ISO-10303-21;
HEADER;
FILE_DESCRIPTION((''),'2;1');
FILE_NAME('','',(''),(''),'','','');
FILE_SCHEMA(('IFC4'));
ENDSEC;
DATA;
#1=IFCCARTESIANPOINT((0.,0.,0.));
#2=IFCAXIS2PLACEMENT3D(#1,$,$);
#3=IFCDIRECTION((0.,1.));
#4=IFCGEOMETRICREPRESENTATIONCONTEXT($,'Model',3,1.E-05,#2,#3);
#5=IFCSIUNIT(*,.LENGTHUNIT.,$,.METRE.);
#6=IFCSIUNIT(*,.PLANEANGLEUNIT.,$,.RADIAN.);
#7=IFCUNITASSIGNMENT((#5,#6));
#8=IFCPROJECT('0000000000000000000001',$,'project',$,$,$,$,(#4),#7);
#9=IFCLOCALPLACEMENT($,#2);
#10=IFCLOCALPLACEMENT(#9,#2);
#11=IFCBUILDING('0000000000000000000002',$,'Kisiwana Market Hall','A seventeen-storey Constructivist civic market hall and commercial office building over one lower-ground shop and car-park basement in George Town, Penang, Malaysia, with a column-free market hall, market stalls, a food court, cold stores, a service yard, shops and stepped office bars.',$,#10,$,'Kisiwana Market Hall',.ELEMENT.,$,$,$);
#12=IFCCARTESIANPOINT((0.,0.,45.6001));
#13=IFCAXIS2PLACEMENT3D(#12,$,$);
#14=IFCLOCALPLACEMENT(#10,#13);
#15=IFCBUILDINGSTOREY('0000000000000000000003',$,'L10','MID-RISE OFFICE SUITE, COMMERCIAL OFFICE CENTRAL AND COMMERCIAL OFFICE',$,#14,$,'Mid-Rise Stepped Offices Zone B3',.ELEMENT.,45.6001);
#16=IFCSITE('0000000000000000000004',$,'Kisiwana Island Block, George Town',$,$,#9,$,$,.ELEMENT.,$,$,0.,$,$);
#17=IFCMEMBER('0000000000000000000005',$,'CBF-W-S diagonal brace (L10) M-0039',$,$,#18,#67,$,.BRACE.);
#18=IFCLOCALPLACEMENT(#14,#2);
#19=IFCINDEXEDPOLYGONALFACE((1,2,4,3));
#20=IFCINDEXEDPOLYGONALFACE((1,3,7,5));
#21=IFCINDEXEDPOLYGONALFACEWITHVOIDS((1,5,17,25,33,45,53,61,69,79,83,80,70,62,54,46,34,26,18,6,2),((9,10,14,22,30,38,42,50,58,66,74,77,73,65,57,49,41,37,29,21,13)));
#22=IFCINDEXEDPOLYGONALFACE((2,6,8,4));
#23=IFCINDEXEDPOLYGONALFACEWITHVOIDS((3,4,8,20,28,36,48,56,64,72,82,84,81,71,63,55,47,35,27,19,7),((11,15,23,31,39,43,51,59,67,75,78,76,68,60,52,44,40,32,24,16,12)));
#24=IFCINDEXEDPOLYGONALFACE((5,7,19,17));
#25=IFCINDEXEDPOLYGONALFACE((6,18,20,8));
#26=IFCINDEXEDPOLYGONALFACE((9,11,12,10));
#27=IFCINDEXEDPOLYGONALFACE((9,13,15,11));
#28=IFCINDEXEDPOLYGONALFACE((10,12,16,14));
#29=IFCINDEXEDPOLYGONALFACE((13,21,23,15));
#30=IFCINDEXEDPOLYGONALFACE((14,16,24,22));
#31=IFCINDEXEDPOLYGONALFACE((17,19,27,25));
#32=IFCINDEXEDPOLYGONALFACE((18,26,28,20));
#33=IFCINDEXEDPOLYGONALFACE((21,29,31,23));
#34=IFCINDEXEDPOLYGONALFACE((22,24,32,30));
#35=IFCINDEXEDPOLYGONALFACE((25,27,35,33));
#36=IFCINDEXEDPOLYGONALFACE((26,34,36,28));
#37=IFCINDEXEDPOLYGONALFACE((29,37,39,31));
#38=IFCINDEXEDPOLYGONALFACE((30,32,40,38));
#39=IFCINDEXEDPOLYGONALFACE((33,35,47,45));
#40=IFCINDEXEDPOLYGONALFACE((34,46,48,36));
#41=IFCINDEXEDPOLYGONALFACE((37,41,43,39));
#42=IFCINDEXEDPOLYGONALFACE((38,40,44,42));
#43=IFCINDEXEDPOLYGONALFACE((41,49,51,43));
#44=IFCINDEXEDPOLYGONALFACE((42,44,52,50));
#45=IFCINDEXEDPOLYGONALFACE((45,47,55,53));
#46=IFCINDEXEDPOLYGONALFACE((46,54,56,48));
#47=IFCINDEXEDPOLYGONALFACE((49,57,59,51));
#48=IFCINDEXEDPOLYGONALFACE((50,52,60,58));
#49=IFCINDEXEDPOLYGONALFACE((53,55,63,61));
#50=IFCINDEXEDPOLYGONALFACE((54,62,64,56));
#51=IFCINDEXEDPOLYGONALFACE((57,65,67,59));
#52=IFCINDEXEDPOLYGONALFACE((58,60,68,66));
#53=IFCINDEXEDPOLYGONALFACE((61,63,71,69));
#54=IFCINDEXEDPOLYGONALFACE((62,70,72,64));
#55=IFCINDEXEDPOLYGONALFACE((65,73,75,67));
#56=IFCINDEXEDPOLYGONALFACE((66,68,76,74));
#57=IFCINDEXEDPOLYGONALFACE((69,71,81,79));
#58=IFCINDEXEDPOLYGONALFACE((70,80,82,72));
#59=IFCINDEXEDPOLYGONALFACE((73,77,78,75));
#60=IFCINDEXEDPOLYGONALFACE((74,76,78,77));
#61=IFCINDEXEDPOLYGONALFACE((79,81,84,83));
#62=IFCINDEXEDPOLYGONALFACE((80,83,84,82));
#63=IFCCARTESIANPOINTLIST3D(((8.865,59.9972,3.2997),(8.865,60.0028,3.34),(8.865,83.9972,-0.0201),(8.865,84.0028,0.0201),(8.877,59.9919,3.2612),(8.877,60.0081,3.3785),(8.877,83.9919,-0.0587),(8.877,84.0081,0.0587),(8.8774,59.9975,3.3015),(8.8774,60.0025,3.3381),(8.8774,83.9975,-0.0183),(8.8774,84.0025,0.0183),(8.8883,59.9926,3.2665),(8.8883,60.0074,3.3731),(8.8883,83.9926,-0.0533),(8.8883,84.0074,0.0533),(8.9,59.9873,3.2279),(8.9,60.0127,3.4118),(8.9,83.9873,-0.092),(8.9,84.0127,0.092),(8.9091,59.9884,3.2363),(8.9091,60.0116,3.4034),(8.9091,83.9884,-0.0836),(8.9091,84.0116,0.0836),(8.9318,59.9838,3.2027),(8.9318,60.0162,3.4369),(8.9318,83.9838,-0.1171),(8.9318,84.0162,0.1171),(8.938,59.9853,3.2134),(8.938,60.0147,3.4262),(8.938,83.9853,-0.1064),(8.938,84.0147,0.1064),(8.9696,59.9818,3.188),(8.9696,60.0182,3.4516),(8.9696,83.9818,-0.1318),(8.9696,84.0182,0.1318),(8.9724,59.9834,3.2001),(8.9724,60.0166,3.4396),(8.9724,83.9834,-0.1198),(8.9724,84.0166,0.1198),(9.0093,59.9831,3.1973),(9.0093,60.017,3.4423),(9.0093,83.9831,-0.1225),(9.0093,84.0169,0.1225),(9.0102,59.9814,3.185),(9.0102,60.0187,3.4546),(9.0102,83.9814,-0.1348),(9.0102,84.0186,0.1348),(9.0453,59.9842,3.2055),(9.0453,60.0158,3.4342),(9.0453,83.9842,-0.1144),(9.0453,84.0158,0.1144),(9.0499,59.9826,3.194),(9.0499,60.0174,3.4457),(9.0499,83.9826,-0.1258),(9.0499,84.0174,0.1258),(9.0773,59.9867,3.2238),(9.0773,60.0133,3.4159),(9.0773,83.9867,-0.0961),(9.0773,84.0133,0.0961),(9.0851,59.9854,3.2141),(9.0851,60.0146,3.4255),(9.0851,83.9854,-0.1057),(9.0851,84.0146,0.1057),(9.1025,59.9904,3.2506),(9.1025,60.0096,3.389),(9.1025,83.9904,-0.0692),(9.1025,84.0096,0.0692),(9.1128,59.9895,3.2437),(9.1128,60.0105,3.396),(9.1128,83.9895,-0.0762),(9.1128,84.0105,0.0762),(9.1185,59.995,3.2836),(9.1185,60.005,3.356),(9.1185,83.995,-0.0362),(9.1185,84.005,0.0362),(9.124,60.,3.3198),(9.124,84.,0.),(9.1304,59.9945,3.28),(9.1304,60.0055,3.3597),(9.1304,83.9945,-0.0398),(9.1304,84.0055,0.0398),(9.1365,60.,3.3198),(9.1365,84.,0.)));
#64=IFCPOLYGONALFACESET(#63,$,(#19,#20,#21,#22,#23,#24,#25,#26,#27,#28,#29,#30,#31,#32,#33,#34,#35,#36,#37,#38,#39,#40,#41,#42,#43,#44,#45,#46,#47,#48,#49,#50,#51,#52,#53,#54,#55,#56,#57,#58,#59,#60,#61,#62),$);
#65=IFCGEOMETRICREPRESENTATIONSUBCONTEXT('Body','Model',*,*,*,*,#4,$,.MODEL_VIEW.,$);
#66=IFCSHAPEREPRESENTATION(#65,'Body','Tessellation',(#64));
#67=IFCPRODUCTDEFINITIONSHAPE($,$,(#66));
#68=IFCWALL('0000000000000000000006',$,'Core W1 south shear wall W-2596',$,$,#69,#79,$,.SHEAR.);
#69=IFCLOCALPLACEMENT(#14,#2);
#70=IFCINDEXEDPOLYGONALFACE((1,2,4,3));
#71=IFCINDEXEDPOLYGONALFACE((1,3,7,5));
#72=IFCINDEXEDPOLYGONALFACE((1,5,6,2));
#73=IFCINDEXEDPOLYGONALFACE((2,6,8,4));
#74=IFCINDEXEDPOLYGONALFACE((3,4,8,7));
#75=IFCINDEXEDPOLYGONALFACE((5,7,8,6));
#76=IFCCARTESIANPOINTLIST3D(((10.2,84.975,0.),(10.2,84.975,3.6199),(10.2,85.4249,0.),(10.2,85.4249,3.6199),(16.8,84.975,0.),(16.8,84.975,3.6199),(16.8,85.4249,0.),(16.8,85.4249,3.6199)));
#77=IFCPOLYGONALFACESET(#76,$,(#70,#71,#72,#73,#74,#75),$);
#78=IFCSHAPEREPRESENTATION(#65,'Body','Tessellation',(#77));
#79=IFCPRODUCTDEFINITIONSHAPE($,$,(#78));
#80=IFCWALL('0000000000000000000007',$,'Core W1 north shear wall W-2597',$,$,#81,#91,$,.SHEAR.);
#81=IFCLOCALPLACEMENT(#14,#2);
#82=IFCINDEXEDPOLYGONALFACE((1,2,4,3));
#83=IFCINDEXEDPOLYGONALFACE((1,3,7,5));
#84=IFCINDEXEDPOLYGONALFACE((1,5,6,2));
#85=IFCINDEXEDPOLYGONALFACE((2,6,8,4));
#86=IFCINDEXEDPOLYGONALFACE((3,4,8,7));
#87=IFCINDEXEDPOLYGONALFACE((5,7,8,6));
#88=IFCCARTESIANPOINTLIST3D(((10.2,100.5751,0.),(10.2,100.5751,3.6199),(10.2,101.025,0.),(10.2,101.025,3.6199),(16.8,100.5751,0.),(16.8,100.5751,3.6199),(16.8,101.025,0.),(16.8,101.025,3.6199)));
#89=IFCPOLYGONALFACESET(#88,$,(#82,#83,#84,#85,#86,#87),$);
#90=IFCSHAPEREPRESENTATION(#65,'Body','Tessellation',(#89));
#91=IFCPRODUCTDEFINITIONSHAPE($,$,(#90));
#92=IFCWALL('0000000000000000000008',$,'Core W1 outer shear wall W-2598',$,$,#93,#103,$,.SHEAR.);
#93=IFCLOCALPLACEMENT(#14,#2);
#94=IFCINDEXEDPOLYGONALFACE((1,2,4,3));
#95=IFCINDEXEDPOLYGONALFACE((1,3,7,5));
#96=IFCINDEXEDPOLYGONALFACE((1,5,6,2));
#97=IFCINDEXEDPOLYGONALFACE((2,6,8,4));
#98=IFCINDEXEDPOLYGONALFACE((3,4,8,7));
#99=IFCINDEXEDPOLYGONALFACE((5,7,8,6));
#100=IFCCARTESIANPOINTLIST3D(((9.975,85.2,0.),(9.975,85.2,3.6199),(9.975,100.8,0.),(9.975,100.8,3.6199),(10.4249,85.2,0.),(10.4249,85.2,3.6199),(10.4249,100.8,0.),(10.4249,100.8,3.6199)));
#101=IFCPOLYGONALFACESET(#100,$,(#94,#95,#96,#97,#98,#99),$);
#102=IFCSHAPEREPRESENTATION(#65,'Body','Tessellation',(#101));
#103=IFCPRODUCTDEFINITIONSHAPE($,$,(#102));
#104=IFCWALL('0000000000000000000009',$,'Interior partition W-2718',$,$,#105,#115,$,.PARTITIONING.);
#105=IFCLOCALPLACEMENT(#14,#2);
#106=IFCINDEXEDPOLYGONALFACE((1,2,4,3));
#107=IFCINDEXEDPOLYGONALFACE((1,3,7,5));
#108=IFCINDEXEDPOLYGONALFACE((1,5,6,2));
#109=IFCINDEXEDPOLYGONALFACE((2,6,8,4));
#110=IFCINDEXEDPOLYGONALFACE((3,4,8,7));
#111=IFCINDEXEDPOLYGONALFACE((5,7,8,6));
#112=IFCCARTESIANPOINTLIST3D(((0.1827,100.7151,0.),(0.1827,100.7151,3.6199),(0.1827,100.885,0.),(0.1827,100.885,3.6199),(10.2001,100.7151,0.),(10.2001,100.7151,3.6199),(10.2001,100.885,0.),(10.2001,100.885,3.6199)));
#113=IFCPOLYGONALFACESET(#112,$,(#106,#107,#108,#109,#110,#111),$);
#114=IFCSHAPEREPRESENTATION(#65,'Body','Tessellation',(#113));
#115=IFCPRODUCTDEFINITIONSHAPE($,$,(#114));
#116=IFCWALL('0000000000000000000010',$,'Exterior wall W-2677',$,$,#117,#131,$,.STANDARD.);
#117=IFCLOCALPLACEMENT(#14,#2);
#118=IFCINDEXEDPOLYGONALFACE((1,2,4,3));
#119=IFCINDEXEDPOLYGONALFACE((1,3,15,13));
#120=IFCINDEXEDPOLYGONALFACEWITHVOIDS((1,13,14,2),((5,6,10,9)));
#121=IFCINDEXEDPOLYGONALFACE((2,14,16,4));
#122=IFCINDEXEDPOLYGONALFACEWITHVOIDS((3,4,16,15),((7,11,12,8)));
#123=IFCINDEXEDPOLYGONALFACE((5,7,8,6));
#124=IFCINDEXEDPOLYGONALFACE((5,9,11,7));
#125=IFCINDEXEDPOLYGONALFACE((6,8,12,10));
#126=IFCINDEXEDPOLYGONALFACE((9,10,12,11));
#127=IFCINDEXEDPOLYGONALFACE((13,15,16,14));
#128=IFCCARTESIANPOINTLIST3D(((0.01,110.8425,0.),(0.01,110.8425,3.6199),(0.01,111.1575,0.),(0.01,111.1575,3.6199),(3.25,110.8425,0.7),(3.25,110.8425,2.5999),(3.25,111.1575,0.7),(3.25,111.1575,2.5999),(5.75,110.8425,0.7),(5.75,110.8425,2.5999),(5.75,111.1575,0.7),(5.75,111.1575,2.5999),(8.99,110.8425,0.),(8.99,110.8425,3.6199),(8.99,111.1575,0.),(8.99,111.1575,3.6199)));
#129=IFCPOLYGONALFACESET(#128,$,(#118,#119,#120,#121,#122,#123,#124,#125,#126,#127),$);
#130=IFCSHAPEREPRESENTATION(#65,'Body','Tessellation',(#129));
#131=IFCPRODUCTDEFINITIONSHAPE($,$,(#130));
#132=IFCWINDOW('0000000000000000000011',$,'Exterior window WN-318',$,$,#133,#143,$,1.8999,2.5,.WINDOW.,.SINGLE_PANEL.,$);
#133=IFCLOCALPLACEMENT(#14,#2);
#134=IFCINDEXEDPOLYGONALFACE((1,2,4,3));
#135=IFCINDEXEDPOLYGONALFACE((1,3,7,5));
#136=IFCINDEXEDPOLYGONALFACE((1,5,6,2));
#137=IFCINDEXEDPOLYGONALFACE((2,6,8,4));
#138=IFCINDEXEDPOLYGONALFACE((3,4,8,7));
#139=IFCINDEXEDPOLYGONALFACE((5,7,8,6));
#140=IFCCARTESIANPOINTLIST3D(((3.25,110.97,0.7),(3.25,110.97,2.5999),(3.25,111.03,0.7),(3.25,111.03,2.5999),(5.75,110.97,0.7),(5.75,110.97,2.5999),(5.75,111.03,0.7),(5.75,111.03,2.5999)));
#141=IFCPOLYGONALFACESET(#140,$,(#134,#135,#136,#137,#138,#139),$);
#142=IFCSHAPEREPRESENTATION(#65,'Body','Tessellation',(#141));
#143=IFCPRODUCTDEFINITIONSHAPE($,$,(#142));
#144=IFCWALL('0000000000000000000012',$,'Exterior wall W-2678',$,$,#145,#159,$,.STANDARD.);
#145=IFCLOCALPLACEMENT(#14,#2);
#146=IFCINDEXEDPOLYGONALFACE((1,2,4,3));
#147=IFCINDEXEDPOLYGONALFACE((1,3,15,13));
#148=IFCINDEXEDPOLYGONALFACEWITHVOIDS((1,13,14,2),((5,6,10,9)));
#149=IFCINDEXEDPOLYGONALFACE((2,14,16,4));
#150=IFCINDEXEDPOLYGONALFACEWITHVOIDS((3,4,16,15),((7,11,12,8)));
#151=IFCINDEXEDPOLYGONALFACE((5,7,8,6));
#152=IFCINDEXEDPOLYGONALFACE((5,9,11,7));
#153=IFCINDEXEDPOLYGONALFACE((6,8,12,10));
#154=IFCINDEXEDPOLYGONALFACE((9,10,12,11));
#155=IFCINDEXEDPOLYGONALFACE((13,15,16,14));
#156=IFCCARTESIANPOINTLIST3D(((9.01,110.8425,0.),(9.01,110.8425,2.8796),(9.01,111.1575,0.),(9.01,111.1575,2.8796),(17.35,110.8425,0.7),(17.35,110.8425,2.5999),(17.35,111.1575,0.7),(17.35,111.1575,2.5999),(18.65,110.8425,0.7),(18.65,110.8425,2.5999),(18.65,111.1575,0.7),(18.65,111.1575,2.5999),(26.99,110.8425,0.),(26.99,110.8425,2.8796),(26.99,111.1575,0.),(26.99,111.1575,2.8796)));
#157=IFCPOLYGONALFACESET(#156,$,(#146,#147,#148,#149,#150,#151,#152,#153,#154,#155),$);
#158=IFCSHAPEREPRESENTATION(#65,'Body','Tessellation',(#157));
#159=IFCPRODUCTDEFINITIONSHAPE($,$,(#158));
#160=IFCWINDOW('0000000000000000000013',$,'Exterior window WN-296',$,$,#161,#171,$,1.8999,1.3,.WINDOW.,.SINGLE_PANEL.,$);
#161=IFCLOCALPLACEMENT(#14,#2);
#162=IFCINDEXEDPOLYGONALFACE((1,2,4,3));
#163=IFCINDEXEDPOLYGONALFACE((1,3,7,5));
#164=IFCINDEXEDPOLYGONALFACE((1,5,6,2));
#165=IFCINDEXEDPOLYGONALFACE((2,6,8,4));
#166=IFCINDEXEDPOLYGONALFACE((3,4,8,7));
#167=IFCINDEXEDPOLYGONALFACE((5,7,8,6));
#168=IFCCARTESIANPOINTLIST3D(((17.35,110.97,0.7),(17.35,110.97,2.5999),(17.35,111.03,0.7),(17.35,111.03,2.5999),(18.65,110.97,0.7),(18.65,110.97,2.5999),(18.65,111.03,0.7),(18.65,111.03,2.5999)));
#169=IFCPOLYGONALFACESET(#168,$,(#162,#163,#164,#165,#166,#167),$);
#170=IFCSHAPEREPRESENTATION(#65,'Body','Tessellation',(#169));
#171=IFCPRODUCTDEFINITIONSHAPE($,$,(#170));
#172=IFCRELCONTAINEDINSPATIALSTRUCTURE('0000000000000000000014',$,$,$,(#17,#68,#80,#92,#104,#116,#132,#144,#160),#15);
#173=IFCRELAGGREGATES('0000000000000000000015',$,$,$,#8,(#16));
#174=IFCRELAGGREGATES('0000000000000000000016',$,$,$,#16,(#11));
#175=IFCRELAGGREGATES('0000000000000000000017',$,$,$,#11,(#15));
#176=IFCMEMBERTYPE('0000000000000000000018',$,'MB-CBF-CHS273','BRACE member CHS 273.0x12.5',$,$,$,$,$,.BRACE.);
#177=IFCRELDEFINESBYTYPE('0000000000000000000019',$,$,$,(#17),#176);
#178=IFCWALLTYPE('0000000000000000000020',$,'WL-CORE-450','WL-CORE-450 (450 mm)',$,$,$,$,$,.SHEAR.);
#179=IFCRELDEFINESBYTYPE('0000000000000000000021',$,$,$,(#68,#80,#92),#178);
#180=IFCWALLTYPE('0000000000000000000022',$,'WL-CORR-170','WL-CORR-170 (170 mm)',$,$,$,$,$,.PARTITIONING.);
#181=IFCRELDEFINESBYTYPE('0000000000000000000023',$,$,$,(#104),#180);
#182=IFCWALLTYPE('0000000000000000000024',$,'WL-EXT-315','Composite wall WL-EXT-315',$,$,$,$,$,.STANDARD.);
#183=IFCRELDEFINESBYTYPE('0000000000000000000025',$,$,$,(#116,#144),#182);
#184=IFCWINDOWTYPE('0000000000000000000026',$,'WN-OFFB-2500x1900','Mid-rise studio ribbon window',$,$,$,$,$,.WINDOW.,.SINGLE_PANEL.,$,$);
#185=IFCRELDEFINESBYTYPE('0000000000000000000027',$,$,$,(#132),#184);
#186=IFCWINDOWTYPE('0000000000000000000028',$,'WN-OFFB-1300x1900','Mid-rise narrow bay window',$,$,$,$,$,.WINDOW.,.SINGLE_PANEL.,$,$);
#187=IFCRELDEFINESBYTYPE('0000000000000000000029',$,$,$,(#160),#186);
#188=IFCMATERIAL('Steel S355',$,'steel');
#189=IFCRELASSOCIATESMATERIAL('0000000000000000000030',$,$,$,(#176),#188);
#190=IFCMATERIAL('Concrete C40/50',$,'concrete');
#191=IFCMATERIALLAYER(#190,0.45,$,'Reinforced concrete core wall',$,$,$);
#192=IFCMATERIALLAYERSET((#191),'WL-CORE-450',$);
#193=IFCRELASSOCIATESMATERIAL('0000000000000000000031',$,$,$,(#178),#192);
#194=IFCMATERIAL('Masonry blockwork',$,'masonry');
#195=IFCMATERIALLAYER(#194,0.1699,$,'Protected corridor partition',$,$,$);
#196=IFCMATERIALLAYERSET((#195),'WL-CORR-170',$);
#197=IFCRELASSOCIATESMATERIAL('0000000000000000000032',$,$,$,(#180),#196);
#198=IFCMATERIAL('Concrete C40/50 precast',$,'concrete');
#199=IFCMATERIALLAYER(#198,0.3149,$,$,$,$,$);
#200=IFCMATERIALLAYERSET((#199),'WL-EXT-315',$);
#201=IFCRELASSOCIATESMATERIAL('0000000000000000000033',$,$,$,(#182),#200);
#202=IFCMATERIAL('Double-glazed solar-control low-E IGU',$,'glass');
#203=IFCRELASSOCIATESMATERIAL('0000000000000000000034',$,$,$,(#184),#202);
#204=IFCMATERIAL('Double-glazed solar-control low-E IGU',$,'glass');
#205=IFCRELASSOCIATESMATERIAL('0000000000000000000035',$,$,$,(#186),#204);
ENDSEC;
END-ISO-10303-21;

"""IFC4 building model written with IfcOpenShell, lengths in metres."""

from ifc_helpers import new_model, si_unit, direction, frame, frame_2d, origin, origin_2d, place, context, subcontext, project, spatial, rectangle, hollow_circle, extrude, material, layer, layer_set, material_profile, profile_set, type_object, element, fill, save


model = new_model("IFC4")

# Units and contexts
model_context = context("Model", 3, precision=1e-05, world=origin(), true_north=direction((0.0, 1.0)))
body_context = subcontext(model_context, "Body", "Model", "MODEL_VIEW")
ifc_project = project(units=[si_unit("LENGTHUNIT", "METRE"), si_unit("PLANEANGLEUNIT", "RADIAN")], contexts=[model_context])

# Site, building, storey
site_placement = place(None, origin())
site = spatial("IfcSite", under=ifc_project, at=site_placement, Name="Kisiwana Island Block, George Town", CompositionType="ELEMENT", RefElevation=0.0)
building_placement = place(site_placement, origin())
building = spatial("IfcBuilding", under=site, at=building_placement, Name="Kisiwana Market Hall", Description="A seventeen-storey Constructivist civic market hall and commercial office building over one lower-ground shop and car-park basement in George Town, Penang, Malaysia, with a column-free market hall, market stalls, a food court, cold stores, a service yard, shops and stepped office bars.", LongName="Kisiwana Market Hall", CompositionType="ELEMENT")
storey_placement = place(building_placement, frame((0.0, 0.0, 45.6001)))
storey = spatial("IfcBuildingStorey", under=building, at=storey_placement, Name="L10", Description="MID-RISE OFFICE SUITE, COMMERCIAL OFFICE CENTRAL AND COMMERCIAL OFFICE", LongName="Mid-Rise Stepped Offices Zone B3", CompositionType="ELEMENT", Elevation=45.6001)

# Member
ifc_material_1 = material(Name="Steel S355", Category="steel")
ifc_material_profile_1 = material_profile(ifc_material_1, hollow_circle(Radius=0.1365, WallThickness=0.0125, at=origin_2d()), Name="CHS 273.0x12.5")
ifc_profile_set_1 = profile_set([ifc_material_profile_1], Name="Steel S355")
member_type = type_object("IfcMemberType", Name="MB-CBF-CHS273", Description="BRACE member CHS 273.0x12.5", PredefinedType="BRACE", material=ifc_profile_set_1)
member_placement = place(storey_placement, frame((9.0, 84.0, 0.0), z_axis=(0.0, -0.990568, 0.137021), x_axis=(1.0, 0.0, 0.0)))
element("IfcMember", 1, at=member_placement, inside=storey, type_object=member_type, Name="CBF-W-S diagonal brace (L10) M-0039", PredefinedType="BRACE", context=body_context, shape_type="SweptSolid", body=[
    extrude(hollow_circle(Radius=0.1365, WallThickness=0.0125, at=origin_2d()), origin(), (0.0, 0.0, 1.0), 24.2285),
])

# Walls
ifc_material_2 = material(Name="Concrete C40/50", Category="concrete")
ifc_layer_1 = layer(ifc_material_2, 0.45, Name="Reinforced concrete core wall")
ifc_layer_set_1 = layer_set([ifc_layer_1], Name="WL-CORE-450")
wall_type_1 = type_object("IfcWallType", Name="WL-CORE-450", Description="WL-CORE-450 (450 mm)", PredefinedType="SHEAR", material=ifc_layer_set_1)
for number, where, z_axis, x_axis, name in (
    (2, (10.2, 85.2, 0.0), (0.0, 0.0, 1.0), (1.0, 0.0, 0.0), "Core W1 south shear wall W-2596"),
    (3, (10.2, 100.8, 0.0), (0.0, 0.0, 1.0), (1.0, 0.0, 0.0), "Core W1 north shear wall W-2597"),
):
    element("IfcWall", number, at=place(storey_placement, frame(where, z_axis=z_axis, x_axis=x_axis)), inside=storey, type_object=wall_type_1, Name=name, PredefinedType="SHEAR", context=body_context, shape_type="SweptSolid", body=[
        extrude(rectangle(XDim=6.6001, YDim=0.45, at=frame_2d((3.3, 0.0))), origin(), (0.0, 0.0, 1.0), 3.6199),
    ])
wall_1_placement = place(storey_placement, frame((10.2, 85.2, 0.0), z_axis=(0.0, 0.0, 1.0), x_axis=(0.0, 1.0, 0.0)))
element("IfcWall", 4, at=wall_1_placement, inside=storey, type_object=wall_type_1, Name="Core W1 outer shear wall W-2598", PredefinedType="SHEAR", context=body_context, shape_type="SweptSolid", body=[
    extrude(rectangle(XDim=15.6001, YDim=0.45, at=frame_2d((7.8, 0.0))), origin(), (0.0, 0.0, 1.0), 3.6199),
])
ifc_material_3 = material(Name="Masonry blockwork", Category="masonry")
ifc_layer_2 = layer(ifc_material_3, 0.1699, Name="Protected corridor partition")
ifc_layer_set_2 = layer_set([ifc_layer_2], Name="WL-CORR-170")
wall_type_2 = type_object("IfcWallType", Name="WL-CORR-170", Description="WL-CORR-170 (170 mm)", PredefinedType="PARTITIONING", material=ifc_layer_set_2)
wall_2_placement = place(storey_placement, frame((0.1826, 100.8, 0.0), z_axis=(0.0, 0.0, 1.0), x_axis=(1.0, 0.0, 0.0)))
element("IfcWall", 5, at=wall_2_placement, inside=storey, type_object=wall_type_2, Name="Interior partition W-2718", PredefinedType="PARTITIONING", context=body_context, shape_type="SweptSolid", body=[
    extrude(rectangle(XDim=10.0173, YDim=0.1699, at=frame_2d((5.0088, 0.0))), origin(), (0.0, 0.0, 1.0), 3.6199),
])

# Walls, openings, windows
ifc_material_4 = material(Name="Concrete C40/50 precast", Category="concrete")
ifc_layer_3 = layer(ifc_material_4, 0.3149)
ifc_layer_set_3 = layer_set([ifc_layer_3], Name="WL-EXT-315")
wall_type_3 = type_object("IfcWallType", Name="WL-EXT-315", Description="Composite wall WL-EXT-315", PredefinedType="STANDARD", material=ifc_layer_set_3)
wall_3_placement = place(storey_placement, frame((0.01, 111.0, 0.0), z_axis=(0.0, 0.0, 1.0), x_axis=(1.0, 0.0, 0.0)))
wall_3 = element("IfcWall", 6, at=wall_3_placement, inside=storey, type_object=wall_type_3, Name="Exterior wall W-2677", PredefinedType="STANDARD", context=body_context, shape_type="SweptSolid", body=[
    extrude(rectangle(XDim=8.98, YDim=0.3149, at=frame_2d((4.49, 0.0))), origin(), (0.0, 0.0, 1.0), 3.6199),
])
opening_1_placement = place(wall_3_placement, frame((3.24, 0.0, 0.7)))
opening_1 = element("IfcOpeningElement", 7, at=opening_1_placement, cuts=wall_3, PredefinedType="OPENING", context=body_context, shape_type="SweptSolid", body=[
    extrude(rectangle(XDim=2.5, YDim=1.8999, at=frame_2d((1.25, 0.95))), frame((0.0, 0.1694, 0.0), z_axis=(0.0, -1.0, 0.0), x_axis=(1.0, 0.0, 0.0)), (0.0, 0.0, 1.0), 0.3389),
])
ifc_material_5 = material(Name="Double-glazed solar-control low-E IGU", Category="glass")
window_type_1 = type_object("IfcWindowType", Name="WN-OFFB-2500x1900", Description="Mid-rise studio ribbon window", PartitioningType="SINGLE_PANEL", PredefinedType="WINDOW", material=ifc_material_5)
window_1_placement = place(opening_1_placement, origin())
window_1 = element("IfcWindow", 8, at=window_1_placement, inside=storey, type_object=window_type_1, Name="Exterior window WN-318", OverallHeight=1.8999, OverallWidth=2.5, PartitioningType="SINGLE_PANEL", PredefinedType="WINDOW", context=body_context, shape_type="SweptSolid", body=[
    extrude(rectangle(XDim=2.5, YDim=1.8999, at=frame_2d((1.25, 0.95))), frame((0.0, 0.03, 0.0), z_axis=(0.0, -1.0, 0.0), x_axis=(1.0, 0.0, 0.0)), (0.0, 0.0, 1.0), 0.0601),
])
fill(opening_1, window_1)
wall_4_placement = place(storey_placement, frame((9.01, 111.0, 0.0), z_axis=(0.0, 0.0, 1.0), x_axis=(1.0, 0.0, 0.0)))
wall_4 = element("IfcWall", 9, at=wall_4_placement, inside=storey, type_object=wall_type_3, Name="Exterior wall W-2678", PredefinedType="STANDARD", context=body_context, shape_type="SweptSolid", body=[
    extrude(rectangle(XDim=17.98, YDim=0.3149, at=frame_2d((8.99, 0.0))), origin(), (0.0, 0.0, 1.0), 2.8796),
])
opening_2_placement = place(wall_4_placement, frame((8.3401, 0.0, 0.7)))
opening_2 = element("IfcOpeningElement", 10, at=opening_2_placement, cuts=wall_4, PredefinedType="OPENING", context=body_context, shape_type="SweptSolid", body=[
    extrude(rectangle(XDim=1.3, YDim=1.8999, at=frame_2d((0.6499, 0.95))), frame((0.0, 0.1694, 0.0), z_axis=(0.0, -1.0, 0.0), x_axis=(1.0, 0.0, 0.0)), (0.0, 0.0, 1.0), 0.3389),
])
ifc_material_6 = material(Name="Double-glazed solar-control low-E IGU", Category="glass")
window_type_2 = type_object("IfcWindowType", Name="WN-OFFB-1300x1900", Description="Mid-rise narrow bay window", PartitioningType="SINGLE_PANEL", PredefinedType="WINDOW", material=ifc_material_6)
window_2_placement = place(opening_2_placement, origin())
window_2 = element("IfcWindow", 11, at=window_2_placement, inside=storey, type_object=window_type_2, Name="Exterior window WN-296", OverallHeight=1.8999, OverallWidth=1.3, PartitioningType="SINGLE_PANEL", PredefinedType="WINDOW", context=body_context, shape_type="SweptSolid", body=[
    extrude(rectangle(XDim=1.3, YDim=1.8999, at=frame_2d((0.6499, 0.95))), frame((0.0, 0.03, 0.0), z_axis=(0.0, -1.0, 0.0), x_axis=(1.0, 0.0, 0.0)), (0.0, 0.0, 1.0), 0.0601),
])
fill(opening_2, window_2)

save(model, "model.ifc")
